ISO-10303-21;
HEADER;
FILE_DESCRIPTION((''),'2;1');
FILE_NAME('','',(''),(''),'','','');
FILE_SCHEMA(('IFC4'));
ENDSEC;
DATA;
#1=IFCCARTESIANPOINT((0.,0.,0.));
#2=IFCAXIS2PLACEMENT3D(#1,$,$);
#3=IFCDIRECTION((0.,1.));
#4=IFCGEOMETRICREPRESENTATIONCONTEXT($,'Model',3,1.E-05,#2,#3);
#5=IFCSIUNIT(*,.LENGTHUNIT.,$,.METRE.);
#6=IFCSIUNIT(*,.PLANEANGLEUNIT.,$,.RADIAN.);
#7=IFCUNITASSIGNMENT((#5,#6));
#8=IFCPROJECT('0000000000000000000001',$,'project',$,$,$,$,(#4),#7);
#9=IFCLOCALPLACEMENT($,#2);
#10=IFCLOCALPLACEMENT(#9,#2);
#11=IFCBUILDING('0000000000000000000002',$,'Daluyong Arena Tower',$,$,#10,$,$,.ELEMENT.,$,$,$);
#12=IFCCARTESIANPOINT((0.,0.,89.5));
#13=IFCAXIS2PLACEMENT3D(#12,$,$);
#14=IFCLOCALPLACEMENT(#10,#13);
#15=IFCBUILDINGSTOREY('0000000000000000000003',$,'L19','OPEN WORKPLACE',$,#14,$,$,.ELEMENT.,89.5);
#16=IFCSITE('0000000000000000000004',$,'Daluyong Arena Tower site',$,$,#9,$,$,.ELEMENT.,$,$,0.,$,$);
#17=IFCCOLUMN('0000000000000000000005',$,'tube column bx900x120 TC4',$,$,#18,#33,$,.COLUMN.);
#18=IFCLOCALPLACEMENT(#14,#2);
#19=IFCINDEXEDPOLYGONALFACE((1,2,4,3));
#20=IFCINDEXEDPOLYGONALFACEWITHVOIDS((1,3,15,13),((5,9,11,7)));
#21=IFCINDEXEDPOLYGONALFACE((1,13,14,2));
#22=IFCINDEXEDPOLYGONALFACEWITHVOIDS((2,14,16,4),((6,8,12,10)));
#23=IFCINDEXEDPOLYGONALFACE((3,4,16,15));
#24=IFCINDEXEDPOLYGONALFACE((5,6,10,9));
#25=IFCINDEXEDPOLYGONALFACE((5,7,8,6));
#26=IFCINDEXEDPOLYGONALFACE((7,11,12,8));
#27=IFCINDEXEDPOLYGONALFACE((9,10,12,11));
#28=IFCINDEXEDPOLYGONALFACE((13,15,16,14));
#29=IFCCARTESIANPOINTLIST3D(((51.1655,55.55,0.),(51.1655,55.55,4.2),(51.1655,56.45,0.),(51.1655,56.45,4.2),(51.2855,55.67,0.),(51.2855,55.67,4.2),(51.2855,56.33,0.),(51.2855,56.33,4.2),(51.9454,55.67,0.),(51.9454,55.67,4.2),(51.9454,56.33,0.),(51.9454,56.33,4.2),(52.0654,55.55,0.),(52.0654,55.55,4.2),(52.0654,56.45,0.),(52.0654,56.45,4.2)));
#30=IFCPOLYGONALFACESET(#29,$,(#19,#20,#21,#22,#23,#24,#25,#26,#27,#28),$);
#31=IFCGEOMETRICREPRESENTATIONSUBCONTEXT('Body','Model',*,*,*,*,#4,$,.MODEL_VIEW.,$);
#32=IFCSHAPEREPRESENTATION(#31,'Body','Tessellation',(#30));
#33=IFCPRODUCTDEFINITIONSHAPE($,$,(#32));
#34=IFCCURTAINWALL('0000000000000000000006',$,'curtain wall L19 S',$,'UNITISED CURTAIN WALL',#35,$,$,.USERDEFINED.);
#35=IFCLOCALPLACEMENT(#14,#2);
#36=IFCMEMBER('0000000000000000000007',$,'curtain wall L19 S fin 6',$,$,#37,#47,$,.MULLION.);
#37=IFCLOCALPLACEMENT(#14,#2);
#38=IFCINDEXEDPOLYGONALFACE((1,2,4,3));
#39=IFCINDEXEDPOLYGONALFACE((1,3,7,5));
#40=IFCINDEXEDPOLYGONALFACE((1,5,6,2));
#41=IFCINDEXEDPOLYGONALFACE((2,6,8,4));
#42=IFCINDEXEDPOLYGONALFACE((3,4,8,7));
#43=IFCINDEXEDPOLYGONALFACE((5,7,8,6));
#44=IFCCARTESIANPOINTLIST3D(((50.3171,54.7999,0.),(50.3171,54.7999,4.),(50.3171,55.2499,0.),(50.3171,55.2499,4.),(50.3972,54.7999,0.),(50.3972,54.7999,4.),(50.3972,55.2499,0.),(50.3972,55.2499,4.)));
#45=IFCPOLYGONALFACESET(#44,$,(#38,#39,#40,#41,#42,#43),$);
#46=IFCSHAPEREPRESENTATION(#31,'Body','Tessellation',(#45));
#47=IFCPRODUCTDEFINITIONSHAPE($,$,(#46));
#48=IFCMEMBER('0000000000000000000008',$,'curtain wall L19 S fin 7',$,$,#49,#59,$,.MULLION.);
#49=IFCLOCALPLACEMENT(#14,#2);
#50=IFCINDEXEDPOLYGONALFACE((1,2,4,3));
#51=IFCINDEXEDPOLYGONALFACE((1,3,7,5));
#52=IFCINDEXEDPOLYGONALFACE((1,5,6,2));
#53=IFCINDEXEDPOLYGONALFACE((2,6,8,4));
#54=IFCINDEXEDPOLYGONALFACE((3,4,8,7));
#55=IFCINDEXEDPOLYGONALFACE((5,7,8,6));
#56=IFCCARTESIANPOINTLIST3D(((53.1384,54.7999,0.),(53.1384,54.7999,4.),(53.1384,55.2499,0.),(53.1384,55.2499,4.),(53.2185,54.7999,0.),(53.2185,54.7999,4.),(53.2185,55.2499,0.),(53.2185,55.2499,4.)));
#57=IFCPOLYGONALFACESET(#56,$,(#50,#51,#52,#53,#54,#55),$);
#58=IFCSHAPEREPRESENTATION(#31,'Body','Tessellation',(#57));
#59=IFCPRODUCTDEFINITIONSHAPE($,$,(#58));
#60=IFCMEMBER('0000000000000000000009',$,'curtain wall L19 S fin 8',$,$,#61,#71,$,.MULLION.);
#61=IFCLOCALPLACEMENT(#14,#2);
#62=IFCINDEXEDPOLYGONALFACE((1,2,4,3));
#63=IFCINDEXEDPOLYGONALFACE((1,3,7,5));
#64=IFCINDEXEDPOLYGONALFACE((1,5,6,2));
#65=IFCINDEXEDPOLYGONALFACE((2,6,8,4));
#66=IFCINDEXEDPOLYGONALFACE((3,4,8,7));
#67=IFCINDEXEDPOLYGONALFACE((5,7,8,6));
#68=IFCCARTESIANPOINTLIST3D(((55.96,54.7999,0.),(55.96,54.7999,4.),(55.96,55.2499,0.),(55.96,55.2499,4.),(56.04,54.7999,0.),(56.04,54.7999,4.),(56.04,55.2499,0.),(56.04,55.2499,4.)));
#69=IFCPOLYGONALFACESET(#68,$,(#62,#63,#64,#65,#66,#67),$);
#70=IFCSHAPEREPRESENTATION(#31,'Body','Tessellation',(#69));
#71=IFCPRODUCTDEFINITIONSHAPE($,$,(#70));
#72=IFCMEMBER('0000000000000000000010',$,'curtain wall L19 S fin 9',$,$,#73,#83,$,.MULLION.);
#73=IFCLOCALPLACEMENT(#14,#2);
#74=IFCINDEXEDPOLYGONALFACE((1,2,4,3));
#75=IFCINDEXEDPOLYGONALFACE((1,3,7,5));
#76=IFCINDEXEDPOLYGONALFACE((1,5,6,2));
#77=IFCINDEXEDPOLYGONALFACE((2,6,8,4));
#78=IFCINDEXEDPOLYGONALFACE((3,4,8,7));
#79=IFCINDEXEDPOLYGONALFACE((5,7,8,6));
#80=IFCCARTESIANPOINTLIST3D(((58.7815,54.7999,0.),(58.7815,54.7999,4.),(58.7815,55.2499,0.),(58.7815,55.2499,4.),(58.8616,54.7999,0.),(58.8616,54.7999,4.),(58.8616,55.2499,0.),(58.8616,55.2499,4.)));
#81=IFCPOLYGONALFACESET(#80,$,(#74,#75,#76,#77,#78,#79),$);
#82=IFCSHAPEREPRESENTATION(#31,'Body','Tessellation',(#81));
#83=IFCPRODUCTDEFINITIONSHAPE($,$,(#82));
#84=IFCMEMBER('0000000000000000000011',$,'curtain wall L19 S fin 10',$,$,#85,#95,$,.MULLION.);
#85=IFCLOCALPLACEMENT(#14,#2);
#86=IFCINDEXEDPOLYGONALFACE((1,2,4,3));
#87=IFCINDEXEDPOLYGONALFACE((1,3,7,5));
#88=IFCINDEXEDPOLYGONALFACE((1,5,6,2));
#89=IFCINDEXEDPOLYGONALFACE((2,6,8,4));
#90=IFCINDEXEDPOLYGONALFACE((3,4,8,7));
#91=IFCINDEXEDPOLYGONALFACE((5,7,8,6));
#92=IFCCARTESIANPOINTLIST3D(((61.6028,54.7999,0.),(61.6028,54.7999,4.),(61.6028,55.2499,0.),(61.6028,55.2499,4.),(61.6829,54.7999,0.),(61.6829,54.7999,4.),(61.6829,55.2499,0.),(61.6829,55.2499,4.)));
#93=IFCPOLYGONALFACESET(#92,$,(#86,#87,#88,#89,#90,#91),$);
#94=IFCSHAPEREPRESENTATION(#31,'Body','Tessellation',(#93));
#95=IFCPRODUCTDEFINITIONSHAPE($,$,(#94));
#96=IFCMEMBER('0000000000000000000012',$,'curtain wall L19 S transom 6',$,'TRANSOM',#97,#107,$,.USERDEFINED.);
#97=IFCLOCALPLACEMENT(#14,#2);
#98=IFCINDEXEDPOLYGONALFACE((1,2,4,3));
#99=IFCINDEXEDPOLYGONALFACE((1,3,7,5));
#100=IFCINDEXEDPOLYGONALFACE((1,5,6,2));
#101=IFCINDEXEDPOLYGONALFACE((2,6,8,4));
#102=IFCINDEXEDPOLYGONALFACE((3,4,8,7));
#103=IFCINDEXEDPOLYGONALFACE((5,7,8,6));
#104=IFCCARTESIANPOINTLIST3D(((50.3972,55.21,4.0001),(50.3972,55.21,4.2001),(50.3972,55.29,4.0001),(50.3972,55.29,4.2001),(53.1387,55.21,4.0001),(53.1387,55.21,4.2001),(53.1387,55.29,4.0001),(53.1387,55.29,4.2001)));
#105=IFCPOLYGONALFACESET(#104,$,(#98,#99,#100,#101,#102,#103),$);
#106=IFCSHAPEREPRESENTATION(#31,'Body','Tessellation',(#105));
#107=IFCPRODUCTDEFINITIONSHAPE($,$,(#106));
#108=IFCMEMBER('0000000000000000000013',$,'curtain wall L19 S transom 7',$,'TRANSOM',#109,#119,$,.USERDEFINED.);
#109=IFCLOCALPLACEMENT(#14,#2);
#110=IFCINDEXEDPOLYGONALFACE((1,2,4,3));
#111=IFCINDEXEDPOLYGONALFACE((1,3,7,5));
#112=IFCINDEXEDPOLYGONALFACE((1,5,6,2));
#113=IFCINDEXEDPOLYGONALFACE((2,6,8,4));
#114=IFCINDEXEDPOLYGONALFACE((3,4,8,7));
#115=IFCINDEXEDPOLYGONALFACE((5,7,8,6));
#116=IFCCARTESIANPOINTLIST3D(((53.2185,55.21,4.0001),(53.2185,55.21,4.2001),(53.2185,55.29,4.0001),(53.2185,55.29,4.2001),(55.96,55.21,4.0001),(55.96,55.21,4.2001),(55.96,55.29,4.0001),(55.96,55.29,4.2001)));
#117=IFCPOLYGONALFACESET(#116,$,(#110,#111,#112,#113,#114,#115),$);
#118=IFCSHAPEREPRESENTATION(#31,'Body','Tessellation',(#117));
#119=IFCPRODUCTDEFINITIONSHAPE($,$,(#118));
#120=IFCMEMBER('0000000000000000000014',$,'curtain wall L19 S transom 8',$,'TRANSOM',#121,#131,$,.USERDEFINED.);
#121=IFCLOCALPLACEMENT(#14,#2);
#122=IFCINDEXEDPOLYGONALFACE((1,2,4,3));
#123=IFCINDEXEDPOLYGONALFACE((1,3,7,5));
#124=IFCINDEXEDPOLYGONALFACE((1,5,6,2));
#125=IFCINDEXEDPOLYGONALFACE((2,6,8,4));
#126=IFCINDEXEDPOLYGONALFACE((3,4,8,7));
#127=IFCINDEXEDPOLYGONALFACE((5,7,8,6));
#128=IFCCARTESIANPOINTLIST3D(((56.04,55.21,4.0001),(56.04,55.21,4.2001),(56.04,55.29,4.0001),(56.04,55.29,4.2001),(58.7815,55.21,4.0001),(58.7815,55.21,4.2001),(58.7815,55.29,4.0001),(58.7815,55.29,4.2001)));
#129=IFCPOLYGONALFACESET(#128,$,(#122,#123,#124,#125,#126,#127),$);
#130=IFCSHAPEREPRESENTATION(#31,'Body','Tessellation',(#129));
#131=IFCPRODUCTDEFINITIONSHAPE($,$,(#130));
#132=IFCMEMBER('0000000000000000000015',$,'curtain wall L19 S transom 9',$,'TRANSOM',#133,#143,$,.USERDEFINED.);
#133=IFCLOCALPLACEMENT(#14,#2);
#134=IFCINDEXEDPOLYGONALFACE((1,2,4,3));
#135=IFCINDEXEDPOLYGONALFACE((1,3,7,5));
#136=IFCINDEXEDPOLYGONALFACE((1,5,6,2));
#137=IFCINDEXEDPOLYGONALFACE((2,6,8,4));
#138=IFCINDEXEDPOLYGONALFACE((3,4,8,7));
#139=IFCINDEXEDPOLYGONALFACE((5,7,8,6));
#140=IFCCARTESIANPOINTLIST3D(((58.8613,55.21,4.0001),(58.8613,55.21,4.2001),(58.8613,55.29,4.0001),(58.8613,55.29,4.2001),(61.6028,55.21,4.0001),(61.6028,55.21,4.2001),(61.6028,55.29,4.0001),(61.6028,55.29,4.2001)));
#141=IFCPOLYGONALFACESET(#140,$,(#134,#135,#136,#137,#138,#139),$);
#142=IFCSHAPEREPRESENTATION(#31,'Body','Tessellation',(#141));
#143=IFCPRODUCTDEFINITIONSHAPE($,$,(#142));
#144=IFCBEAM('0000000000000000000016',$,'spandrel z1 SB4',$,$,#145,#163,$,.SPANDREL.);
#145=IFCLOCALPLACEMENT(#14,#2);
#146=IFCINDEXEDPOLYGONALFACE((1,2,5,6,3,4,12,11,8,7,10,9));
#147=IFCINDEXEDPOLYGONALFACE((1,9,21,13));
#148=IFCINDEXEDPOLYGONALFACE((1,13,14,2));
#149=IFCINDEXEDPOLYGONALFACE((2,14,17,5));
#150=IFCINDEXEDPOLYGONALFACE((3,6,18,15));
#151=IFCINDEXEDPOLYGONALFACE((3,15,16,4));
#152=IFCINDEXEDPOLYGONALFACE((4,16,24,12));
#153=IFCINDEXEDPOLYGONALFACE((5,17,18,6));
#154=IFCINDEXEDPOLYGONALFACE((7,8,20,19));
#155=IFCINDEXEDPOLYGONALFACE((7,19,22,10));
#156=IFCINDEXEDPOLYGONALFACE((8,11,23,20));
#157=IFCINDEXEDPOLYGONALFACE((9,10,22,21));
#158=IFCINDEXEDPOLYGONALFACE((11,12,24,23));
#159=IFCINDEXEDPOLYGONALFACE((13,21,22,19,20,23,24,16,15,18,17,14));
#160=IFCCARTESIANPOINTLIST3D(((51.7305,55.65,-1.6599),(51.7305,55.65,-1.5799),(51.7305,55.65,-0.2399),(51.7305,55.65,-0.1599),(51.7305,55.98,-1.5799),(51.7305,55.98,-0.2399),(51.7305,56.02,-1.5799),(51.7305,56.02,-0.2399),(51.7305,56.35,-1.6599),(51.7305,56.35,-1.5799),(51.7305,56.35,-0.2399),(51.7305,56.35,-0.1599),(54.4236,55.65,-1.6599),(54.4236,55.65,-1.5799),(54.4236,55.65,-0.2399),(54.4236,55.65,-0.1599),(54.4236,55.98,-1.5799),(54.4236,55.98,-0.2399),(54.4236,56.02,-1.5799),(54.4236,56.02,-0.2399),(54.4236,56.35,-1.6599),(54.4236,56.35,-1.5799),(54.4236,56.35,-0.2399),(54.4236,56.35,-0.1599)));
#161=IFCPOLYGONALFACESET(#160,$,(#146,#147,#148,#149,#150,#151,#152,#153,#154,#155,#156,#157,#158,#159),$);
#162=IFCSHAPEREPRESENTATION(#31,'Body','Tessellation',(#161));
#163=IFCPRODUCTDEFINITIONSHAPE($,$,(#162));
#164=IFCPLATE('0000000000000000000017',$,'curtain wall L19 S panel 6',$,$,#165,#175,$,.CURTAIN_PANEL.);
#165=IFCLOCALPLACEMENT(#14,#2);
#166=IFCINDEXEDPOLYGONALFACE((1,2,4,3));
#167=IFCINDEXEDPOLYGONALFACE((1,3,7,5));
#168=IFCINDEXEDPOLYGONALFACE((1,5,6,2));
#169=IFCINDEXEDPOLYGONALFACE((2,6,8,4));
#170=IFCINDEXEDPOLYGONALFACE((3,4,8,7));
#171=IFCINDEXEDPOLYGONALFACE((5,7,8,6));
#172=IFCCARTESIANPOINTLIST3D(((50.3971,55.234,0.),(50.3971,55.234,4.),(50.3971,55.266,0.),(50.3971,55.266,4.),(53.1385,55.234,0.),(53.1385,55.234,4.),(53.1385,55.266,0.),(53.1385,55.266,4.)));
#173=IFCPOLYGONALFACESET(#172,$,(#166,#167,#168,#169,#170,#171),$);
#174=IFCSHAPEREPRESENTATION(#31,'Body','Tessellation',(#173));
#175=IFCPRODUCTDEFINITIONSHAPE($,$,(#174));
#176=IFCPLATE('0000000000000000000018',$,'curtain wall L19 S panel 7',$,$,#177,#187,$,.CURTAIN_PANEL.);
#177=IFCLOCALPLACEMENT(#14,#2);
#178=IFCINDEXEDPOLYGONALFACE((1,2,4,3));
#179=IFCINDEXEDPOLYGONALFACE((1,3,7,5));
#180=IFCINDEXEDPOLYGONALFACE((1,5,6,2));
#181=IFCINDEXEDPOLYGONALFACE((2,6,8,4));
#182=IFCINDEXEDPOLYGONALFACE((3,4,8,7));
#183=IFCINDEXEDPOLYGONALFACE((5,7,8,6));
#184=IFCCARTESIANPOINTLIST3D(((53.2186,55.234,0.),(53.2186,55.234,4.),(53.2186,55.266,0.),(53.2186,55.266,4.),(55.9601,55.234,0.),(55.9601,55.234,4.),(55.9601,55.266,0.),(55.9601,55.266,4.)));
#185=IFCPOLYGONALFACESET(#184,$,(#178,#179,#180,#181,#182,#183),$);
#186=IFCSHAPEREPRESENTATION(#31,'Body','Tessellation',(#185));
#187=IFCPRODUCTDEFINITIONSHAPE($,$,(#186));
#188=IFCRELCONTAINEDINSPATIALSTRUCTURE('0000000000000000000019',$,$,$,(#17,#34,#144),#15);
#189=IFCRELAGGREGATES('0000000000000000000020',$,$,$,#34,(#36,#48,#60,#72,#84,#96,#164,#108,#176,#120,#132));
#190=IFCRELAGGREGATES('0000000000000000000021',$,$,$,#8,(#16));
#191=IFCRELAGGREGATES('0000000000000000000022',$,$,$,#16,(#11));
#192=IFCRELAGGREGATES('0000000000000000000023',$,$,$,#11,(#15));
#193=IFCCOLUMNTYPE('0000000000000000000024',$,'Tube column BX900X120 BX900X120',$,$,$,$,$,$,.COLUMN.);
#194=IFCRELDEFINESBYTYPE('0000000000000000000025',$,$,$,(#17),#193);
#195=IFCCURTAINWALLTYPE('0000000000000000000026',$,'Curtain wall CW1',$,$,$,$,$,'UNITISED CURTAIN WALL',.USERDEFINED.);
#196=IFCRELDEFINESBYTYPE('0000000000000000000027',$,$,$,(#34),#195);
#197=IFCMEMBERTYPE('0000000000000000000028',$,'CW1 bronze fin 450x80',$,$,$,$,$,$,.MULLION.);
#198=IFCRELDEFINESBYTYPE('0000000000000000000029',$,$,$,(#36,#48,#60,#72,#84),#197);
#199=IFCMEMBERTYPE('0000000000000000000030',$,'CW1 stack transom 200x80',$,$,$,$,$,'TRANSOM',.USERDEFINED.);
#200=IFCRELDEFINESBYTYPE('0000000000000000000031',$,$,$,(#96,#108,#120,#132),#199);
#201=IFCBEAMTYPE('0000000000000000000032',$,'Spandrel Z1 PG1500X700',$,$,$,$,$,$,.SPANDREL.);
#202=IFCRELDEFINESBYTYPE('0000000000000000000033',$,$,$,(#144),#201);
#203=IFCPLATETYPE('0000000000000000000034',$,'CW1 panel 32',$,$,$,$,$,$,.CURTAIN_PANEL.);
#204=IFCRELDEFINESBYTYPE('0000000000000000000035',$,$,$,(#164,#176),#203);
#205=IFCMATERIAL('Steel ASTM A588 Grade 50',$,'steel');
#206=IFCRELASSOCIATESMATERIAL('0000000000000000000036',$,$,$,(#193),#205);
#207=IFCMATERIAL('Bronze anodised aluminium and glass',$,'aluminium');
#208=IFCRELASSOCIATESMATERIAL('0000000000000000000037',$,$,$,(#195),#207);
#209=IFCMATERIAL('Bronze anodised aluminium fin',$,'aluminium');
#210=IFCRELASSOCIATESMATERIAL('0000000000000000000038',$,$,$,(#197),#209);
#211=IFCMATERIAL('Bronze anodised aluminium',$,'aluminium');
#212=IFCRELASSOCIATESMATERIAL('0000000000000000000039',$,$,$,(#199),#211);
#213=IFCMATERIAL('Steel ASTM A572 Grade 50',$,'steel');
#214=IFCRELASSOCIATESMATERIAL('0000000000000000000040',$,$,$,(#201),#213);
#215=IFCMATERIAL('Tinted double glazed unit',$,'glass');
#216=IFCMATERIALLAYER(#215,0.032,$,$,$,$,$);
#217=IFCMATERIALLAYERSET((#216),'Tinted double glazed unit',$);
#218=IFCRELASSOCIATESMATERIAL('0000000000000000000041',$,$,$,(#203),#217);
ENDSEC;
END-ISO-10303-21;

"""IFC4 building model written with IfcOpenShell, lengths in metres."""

from ifc_helpers import new_model, si_unit, direction, frame, origin, origin_2d, place, context, subcontext, project, spatial, rectangle, hollow_rectangle, i_section, extrude, material, layer, layer_set, material_profile, profile_set, type_object, element, aggregate, save


model = new_model("IFC4")

# Units and contexts
model_context = context("Model", 3, precision=1e-05, world=origin(), true_north=direction((0.0, 1.0)))
body_context = subcontext(model_context, "Body", "Model", "MODEL_VIEW")
ifc_project = project(units=[si_unit("LENGTHUNIT", "METRE"), si_unit("PLANEANGLEUNIT", "RADIAN")], contexts=[model_context])

# Site, building, storey
site_placement = place(None, origin())
site = spatial("IfcSite", under=ifc_project, at=site_placement, Name="Daluyong Arena Tower site", CompositionType="ELEMENT", RefElevation=0.0)
building_placement = place(site_placement, origin())
building = spatial("IfcBuilding", under=site, at=building_placement, Name="Daluyong Arena Tower", CompositionType="ELEMENT")
storey_placement = place(building_placement, frame((0.0, 0.0, 89.5)))
storey = spatial("IfcBuildingStorey", under=building, at=storey_placement, Name="L19", Description="OPEN WORKPLACE", CompositionType="ELEMENT", Elevation=89.5)

# Column
ifc_material_1 = material(Name="Steel ASTM A588 Grade 50", Category="steel")
ifc_material_profile_1 = material_profile(ifc_material_1, hollow_rectangle(XDim=0.8999, YDim=0.8999, WallThickness=0.12, at=origin_2d()))
ifc_profile_set_1 = profile_set([ifc_material_profile_1], Name="Steel ASTM A588 Grade 50")
column_type = type_object("IfcColumnType", Name="Tube column BX900X120 BX900X120", PredefinedType="COLUMN", material=ifc_profile_set_1)
column_placement = place(storey_placement, frame((51.6155, 56.0, 0.0), z_axis=(0.0, 0.0, 1.0), x_axis=(1.0, 0.0, 0.0)))
element("IfcColumn", 1, at=column_placement, inside=storey, type_object=column_type, Name="tube column bx900x120 TC4", PredefinedType="COLUMN", context=body_context, shape_type="SweptSolid", body=[
    extrude(hollow_rectangle(XDim=0.8999, YDim=0.8999, WallThickness=0.12, at=origin_2d()), origin(), (0.0, 0.0, 1.0), 4.2),
])

# Curtain wall, members
ifc_material_2 = material(Name="Bronze anodised aluminium and glass", Category="aluminium")
curtain_wall_type = type_object("IfcCurtainWallType", Name="Curtain wall CW1", ElementType="UNITISED CURTAIN WALL", PredefinedType="USERDEFINED", material=ifc_material_2)
curtain_wall_placement = place(storey_placement, origin())
curtain_wall = element("IfcCurtainWall", 2, at=curtain_wall_placement, inside=storey, type_object=curtain_wall_type, Name="curtain wall L19 S", ObjectType="UNITISED CURTAIN WALL", PredefinedType="USERDEFINED")
ifc_material_3 = material(Name="Bronze anodised aluminium fin", Category="aluminium")
ifc_material_profile_2 = material_profile(ifc_material_3, rectangle(XDim=0.45, YDim=0.0801, at=origin_2d()))
ifc_profile_set_2 = profile_set([ifc_material_profile_2], Name="Bronze anodised aluminium fin")
member_type_1 = type_object("IfcMemberType", Name="CW1 bronze fin 450x80", PredefinedType="MULLION", material=ifc_profile_set_2)
member_1_placement = place(storey_placement, frame((50.3572, 55.0249, 0.0), z_axis=(0.0, 0.0, 1.0), x_axis=(0.0, 1.0, 0.0)))
member_1 = element("IfcMember", 3, at=member_1_placement, type_object=member_type_1, Name="curtain wall L19 S fin 6", PredefinedType="MULLION", context=body_context, shape_type="SweptSolid", body=[
    extrude(rectangle(XDim=0.45, YDim=0.0801, at=origin_2d()), origin(), (0.0, 0.0, 1.0), 4.0),
])
member_2_placement = place(storey_placement, frame((53.1785, 55.0249, 0.0), z_axis=(0.0, 0.0, 1.0), x_axis=(0.0, 1.0, 0.0)))
member_2 = element("IfcMember", 4, at=member_2_placement, type_object=member_type_1, Name="curtain wall L19 S fin 7", PredefinedType="MULLION", context=body_context, shape_type="SweptSolid", body=[
    extrude(rectangle(XDim=0.45, YDim=0.0801, at=origin_2d()), origin(), (0.0, 0.0, 1.0), 4.0),
])
member_3_placement = place(storey_placement, frame((56.0, 55.0249, 0.0), z_axis=(0.0, 0.0, 1.0), x_axis=(0.0, 1.0, 0.0)))
member_3 = element("IfcMember", 5, at=member_3_placement, type_object=member_type_1, Name="curtain wall L19 S fin 8", PredefinedType="MULLION", context=body_context, shape_type="SweptSolid", body=[
    extrude(rectangle(XDim=0.45, YDim=0.0801, at=origin_2d()), origin(), (0.0, 0.0, 1.0), 4.0),
])
member_4_placement = place(storey_placement, frame((58.8215, 55.0249, 0.0), z_axis=(0.0, 0.0, 1.0), x_axis=(0.0, 1.0, 0.0)))
member_4 = element("IfcMember", 6, at=member_4_placement, type_object=member_type_1, Name="curtain wall L19 S fin 9", PredefinedType="MULLION", context=body_context, shape_type="SweptSolid", body=[
    extrude(rectangle(XDim=0.45, YDim=0.0801, at=origin_2d()), origin(), (0.0, 0.0, 1.0), 4.0),
])
member_5_placement = place(storey_placement, frame((61.6428, 55.0249, 0.0), z_axis=(0.0, 0.0, 1.0), x_axis=(0.0, 1.0, 0.0)))
member_5 = element("IfcMember", 7, at=member_5_placement, type_object=member_type_1, Name="curtain wall L19 S fin 10", PredefinedType="MULLION", context=body_context, shape_type="SweptSolid", body=[
    extrude(rectangle(XDim=0.45, YDim=0.0801, at=origin_2d()), origin(), (0.0, 0.0, 1.0), 4.0),
])
ifc_material_4 = material(Name="Bronze anodised aluminium", Category="aluminium")
ifc_material_profile_3 = material_profile(ifc_material_4, rectangle(XDim=0.0801, YDim=0.2, at=origin_2d()))
ifc_profile_set_3 = profile_set([ifc_material_profile_3], Name="Bronze anodised aluminium")
member_type_2 = type_object("IfcMemberType", Name="CW1 stack transom 200x80", ElementType="TRANSOM", PredefinedType="USERDEFINED", material=ifc_profile_set_3)
member_6_placement = place(storey_placement, frame((50.3972, 55.25, 4.1001), z_axis=(1.0, 0.0, 0.0), x_axis=(0.0, 1.0, 0.0)))
member_6 = element("IfcMember", 8, at=member_6_placement, type_object=member_type_2, Name="curtain wall L19 S transom 6", ObjectType="TRANSOM", PredefinedType="USERDEFINED", context=body_context, shape_type="SweptSolid", body=[
    extrude(rectangle(XDim=0.0801, YDim=0.2, at=origin_2d()), origin(), (0.0, 0.0, 1.0), 2.7415),
])
member_7_placement = place(storey_placement, frame((53.2185, 55.25, 4.1001), z_axis=(1.0, 0.0, 0.0), x_axis=(0.0, 1.0, 0.0)))
member_7 = element("IfcMember", 9, at=member_7_placement, type_object=member_type_2, Name="curtain wall L19 S transom 7", ObjectType="TRANSOM", PredefinedType="USERDEFINED", context=body_context, shape_type="SweptSolid", body=[
    extrude(rectangle(XDim=0.0801, YDim=0.2, at=origin_2d()), origin(), (0.0, 0.0, 1.0), 2.7415),
])
member_8_placement = place(storey_placement, frame((56.04, 55.25, 4.1001), z_axis=(1.0, 0.0, 0.0), x_axis=(0.0, 1.0, 0.0)))
member_8 = element("IfcMember", 10, at=member_8_placement, type_object=member_type_2, Name="curtain wall L19 S transom 8", ObjectType="TRANSOM", PredefinedType="USERDEFINED", context=body_context, shape_type="SweptSolid", body=[
    extrude(rectangle(XDim=0.0801, YDim=0.2, at=origin_2d()), origin(), (0.0, 0.0, 1.0), 2.7415),
])
member_9_placement = place(storey_placement, frame((58.8613, 55.25, 4.1001), z_axis=(1.0, 0.0, 0.0), x_axis=(0.0, 1.0, 0.0)))
member_9 = element("IfcMember", 11, at=member_9_placement, type_object=member_type_2, Name="curtain wall L19 S transom 9", ObjectType="TRANSOM", PredefinedType="USERDEFINED", context=body_context, shape_type="SweptSolid", body=[
    extrude(rectangle(XDim=0.0801, YDim=0.2, at=origin_2d()), origin(), (0.0, 0.0, 1.0), 2.7415),
])

# Beam
ifc_material_5 = material(Name="Steel ASTM A572 Grade 50", Category="steel")
ifc_material_profile_4 = material_profile(ifc_material_5, i_section(OverallWidth=0.7, OverallDepth=1.5, WebThickness=0.04, FlangeThickness=0.08, at=origin_2d()))
ifc_profile_set_4 = profile_set([ifc_material_profile_4], Name="Steel ASTM A572 Grade 50")
beam_type = type_object("IfcBeamType", Name="Spandrel Z1 PG1500X700", PredefinedType="SPANDREL", material=ifc_profile_set_4)
beam_placement = place(storey_placement, frame((51.7305, 56.0, -0.9099), z_axis=(1.0, 0.0, 0.0), x_axis=(0.0, 1.0, 0.0)))
element("IfcBeam", 12, at=beam_placement, inside=storey, type_object=beam_type, Name="spandrel z1 SB4", PredefinedType="SPANDREL", context=body_context, shape_type="SweptSolid", body=[
    extrude(i_section(OverallWidth=0.7, OverallDepth=1.5, WebThickness=0.04, FlangeThickness=0.08, at=origin_2d()), origin(), (0.0, 0.0, 1.0), 2.6931),
])

# Plates
ifc_material_6 = material(Name="Tinted double glazed unit", Category="glass")
ifc_layer = layer(ifc_material_6, 0.032)
ifc_layer_set = layer_set([ifc_layer], Name="Tinted double glazed unit")
plate_type = type_object("IfcPlateType", Name="CW1 panel 32", PredefinedType="CURTAIN_PANEL", material=ifc_layer_set)
plate_1_placement = place(storey_placement, frame((51.7678, 55.25, 0.0), z_axis=(0.0, 0.0, 1.0), x_axis=(1.0, 0.0, 0.0)))
plate_1 = element("IfcPlate", 13, at=plate_1_placement, type_object=plate_type, Name="curtain wall L19 S panel 6", PredefinedType="CURTAIN_PANEL", context=body_context, shape_type="SweptSolid", body=[
    extrude(rectangle(XDim=2.7415, YDim=0.032, at=origin_2d()), origin(), (0.0, 0.0, 1.0), 4.0),
])
plate_2_placement = place(storey_placement, frame((54.5894, 55.25, 0.0), z_axis=(0.0, 0.0, 1.0), x_axis=(1.0, 0.0, 0.0)))
plate_2 = element("IfcPlate", 14, at=plate_2_placement, type_object=plate_type, Name="curtain wall L19 S panel 7", PredefinedType="CURTAIN_PANEL", context=body_context, shape_type="SweptSolid", body=[
    extrude(rectangle(XDim=2.7415, YDim=0.032, at=origin_2d()), origin(), (0.0, 0.0, 1.0), 4.0),
])
aggregate(curtain_wall, [member_1, member_2, member_3, member_4, member_5, member_6, plate_1, member_7, plate_2, member_8, member_9])

save(model, "model.ifc")
